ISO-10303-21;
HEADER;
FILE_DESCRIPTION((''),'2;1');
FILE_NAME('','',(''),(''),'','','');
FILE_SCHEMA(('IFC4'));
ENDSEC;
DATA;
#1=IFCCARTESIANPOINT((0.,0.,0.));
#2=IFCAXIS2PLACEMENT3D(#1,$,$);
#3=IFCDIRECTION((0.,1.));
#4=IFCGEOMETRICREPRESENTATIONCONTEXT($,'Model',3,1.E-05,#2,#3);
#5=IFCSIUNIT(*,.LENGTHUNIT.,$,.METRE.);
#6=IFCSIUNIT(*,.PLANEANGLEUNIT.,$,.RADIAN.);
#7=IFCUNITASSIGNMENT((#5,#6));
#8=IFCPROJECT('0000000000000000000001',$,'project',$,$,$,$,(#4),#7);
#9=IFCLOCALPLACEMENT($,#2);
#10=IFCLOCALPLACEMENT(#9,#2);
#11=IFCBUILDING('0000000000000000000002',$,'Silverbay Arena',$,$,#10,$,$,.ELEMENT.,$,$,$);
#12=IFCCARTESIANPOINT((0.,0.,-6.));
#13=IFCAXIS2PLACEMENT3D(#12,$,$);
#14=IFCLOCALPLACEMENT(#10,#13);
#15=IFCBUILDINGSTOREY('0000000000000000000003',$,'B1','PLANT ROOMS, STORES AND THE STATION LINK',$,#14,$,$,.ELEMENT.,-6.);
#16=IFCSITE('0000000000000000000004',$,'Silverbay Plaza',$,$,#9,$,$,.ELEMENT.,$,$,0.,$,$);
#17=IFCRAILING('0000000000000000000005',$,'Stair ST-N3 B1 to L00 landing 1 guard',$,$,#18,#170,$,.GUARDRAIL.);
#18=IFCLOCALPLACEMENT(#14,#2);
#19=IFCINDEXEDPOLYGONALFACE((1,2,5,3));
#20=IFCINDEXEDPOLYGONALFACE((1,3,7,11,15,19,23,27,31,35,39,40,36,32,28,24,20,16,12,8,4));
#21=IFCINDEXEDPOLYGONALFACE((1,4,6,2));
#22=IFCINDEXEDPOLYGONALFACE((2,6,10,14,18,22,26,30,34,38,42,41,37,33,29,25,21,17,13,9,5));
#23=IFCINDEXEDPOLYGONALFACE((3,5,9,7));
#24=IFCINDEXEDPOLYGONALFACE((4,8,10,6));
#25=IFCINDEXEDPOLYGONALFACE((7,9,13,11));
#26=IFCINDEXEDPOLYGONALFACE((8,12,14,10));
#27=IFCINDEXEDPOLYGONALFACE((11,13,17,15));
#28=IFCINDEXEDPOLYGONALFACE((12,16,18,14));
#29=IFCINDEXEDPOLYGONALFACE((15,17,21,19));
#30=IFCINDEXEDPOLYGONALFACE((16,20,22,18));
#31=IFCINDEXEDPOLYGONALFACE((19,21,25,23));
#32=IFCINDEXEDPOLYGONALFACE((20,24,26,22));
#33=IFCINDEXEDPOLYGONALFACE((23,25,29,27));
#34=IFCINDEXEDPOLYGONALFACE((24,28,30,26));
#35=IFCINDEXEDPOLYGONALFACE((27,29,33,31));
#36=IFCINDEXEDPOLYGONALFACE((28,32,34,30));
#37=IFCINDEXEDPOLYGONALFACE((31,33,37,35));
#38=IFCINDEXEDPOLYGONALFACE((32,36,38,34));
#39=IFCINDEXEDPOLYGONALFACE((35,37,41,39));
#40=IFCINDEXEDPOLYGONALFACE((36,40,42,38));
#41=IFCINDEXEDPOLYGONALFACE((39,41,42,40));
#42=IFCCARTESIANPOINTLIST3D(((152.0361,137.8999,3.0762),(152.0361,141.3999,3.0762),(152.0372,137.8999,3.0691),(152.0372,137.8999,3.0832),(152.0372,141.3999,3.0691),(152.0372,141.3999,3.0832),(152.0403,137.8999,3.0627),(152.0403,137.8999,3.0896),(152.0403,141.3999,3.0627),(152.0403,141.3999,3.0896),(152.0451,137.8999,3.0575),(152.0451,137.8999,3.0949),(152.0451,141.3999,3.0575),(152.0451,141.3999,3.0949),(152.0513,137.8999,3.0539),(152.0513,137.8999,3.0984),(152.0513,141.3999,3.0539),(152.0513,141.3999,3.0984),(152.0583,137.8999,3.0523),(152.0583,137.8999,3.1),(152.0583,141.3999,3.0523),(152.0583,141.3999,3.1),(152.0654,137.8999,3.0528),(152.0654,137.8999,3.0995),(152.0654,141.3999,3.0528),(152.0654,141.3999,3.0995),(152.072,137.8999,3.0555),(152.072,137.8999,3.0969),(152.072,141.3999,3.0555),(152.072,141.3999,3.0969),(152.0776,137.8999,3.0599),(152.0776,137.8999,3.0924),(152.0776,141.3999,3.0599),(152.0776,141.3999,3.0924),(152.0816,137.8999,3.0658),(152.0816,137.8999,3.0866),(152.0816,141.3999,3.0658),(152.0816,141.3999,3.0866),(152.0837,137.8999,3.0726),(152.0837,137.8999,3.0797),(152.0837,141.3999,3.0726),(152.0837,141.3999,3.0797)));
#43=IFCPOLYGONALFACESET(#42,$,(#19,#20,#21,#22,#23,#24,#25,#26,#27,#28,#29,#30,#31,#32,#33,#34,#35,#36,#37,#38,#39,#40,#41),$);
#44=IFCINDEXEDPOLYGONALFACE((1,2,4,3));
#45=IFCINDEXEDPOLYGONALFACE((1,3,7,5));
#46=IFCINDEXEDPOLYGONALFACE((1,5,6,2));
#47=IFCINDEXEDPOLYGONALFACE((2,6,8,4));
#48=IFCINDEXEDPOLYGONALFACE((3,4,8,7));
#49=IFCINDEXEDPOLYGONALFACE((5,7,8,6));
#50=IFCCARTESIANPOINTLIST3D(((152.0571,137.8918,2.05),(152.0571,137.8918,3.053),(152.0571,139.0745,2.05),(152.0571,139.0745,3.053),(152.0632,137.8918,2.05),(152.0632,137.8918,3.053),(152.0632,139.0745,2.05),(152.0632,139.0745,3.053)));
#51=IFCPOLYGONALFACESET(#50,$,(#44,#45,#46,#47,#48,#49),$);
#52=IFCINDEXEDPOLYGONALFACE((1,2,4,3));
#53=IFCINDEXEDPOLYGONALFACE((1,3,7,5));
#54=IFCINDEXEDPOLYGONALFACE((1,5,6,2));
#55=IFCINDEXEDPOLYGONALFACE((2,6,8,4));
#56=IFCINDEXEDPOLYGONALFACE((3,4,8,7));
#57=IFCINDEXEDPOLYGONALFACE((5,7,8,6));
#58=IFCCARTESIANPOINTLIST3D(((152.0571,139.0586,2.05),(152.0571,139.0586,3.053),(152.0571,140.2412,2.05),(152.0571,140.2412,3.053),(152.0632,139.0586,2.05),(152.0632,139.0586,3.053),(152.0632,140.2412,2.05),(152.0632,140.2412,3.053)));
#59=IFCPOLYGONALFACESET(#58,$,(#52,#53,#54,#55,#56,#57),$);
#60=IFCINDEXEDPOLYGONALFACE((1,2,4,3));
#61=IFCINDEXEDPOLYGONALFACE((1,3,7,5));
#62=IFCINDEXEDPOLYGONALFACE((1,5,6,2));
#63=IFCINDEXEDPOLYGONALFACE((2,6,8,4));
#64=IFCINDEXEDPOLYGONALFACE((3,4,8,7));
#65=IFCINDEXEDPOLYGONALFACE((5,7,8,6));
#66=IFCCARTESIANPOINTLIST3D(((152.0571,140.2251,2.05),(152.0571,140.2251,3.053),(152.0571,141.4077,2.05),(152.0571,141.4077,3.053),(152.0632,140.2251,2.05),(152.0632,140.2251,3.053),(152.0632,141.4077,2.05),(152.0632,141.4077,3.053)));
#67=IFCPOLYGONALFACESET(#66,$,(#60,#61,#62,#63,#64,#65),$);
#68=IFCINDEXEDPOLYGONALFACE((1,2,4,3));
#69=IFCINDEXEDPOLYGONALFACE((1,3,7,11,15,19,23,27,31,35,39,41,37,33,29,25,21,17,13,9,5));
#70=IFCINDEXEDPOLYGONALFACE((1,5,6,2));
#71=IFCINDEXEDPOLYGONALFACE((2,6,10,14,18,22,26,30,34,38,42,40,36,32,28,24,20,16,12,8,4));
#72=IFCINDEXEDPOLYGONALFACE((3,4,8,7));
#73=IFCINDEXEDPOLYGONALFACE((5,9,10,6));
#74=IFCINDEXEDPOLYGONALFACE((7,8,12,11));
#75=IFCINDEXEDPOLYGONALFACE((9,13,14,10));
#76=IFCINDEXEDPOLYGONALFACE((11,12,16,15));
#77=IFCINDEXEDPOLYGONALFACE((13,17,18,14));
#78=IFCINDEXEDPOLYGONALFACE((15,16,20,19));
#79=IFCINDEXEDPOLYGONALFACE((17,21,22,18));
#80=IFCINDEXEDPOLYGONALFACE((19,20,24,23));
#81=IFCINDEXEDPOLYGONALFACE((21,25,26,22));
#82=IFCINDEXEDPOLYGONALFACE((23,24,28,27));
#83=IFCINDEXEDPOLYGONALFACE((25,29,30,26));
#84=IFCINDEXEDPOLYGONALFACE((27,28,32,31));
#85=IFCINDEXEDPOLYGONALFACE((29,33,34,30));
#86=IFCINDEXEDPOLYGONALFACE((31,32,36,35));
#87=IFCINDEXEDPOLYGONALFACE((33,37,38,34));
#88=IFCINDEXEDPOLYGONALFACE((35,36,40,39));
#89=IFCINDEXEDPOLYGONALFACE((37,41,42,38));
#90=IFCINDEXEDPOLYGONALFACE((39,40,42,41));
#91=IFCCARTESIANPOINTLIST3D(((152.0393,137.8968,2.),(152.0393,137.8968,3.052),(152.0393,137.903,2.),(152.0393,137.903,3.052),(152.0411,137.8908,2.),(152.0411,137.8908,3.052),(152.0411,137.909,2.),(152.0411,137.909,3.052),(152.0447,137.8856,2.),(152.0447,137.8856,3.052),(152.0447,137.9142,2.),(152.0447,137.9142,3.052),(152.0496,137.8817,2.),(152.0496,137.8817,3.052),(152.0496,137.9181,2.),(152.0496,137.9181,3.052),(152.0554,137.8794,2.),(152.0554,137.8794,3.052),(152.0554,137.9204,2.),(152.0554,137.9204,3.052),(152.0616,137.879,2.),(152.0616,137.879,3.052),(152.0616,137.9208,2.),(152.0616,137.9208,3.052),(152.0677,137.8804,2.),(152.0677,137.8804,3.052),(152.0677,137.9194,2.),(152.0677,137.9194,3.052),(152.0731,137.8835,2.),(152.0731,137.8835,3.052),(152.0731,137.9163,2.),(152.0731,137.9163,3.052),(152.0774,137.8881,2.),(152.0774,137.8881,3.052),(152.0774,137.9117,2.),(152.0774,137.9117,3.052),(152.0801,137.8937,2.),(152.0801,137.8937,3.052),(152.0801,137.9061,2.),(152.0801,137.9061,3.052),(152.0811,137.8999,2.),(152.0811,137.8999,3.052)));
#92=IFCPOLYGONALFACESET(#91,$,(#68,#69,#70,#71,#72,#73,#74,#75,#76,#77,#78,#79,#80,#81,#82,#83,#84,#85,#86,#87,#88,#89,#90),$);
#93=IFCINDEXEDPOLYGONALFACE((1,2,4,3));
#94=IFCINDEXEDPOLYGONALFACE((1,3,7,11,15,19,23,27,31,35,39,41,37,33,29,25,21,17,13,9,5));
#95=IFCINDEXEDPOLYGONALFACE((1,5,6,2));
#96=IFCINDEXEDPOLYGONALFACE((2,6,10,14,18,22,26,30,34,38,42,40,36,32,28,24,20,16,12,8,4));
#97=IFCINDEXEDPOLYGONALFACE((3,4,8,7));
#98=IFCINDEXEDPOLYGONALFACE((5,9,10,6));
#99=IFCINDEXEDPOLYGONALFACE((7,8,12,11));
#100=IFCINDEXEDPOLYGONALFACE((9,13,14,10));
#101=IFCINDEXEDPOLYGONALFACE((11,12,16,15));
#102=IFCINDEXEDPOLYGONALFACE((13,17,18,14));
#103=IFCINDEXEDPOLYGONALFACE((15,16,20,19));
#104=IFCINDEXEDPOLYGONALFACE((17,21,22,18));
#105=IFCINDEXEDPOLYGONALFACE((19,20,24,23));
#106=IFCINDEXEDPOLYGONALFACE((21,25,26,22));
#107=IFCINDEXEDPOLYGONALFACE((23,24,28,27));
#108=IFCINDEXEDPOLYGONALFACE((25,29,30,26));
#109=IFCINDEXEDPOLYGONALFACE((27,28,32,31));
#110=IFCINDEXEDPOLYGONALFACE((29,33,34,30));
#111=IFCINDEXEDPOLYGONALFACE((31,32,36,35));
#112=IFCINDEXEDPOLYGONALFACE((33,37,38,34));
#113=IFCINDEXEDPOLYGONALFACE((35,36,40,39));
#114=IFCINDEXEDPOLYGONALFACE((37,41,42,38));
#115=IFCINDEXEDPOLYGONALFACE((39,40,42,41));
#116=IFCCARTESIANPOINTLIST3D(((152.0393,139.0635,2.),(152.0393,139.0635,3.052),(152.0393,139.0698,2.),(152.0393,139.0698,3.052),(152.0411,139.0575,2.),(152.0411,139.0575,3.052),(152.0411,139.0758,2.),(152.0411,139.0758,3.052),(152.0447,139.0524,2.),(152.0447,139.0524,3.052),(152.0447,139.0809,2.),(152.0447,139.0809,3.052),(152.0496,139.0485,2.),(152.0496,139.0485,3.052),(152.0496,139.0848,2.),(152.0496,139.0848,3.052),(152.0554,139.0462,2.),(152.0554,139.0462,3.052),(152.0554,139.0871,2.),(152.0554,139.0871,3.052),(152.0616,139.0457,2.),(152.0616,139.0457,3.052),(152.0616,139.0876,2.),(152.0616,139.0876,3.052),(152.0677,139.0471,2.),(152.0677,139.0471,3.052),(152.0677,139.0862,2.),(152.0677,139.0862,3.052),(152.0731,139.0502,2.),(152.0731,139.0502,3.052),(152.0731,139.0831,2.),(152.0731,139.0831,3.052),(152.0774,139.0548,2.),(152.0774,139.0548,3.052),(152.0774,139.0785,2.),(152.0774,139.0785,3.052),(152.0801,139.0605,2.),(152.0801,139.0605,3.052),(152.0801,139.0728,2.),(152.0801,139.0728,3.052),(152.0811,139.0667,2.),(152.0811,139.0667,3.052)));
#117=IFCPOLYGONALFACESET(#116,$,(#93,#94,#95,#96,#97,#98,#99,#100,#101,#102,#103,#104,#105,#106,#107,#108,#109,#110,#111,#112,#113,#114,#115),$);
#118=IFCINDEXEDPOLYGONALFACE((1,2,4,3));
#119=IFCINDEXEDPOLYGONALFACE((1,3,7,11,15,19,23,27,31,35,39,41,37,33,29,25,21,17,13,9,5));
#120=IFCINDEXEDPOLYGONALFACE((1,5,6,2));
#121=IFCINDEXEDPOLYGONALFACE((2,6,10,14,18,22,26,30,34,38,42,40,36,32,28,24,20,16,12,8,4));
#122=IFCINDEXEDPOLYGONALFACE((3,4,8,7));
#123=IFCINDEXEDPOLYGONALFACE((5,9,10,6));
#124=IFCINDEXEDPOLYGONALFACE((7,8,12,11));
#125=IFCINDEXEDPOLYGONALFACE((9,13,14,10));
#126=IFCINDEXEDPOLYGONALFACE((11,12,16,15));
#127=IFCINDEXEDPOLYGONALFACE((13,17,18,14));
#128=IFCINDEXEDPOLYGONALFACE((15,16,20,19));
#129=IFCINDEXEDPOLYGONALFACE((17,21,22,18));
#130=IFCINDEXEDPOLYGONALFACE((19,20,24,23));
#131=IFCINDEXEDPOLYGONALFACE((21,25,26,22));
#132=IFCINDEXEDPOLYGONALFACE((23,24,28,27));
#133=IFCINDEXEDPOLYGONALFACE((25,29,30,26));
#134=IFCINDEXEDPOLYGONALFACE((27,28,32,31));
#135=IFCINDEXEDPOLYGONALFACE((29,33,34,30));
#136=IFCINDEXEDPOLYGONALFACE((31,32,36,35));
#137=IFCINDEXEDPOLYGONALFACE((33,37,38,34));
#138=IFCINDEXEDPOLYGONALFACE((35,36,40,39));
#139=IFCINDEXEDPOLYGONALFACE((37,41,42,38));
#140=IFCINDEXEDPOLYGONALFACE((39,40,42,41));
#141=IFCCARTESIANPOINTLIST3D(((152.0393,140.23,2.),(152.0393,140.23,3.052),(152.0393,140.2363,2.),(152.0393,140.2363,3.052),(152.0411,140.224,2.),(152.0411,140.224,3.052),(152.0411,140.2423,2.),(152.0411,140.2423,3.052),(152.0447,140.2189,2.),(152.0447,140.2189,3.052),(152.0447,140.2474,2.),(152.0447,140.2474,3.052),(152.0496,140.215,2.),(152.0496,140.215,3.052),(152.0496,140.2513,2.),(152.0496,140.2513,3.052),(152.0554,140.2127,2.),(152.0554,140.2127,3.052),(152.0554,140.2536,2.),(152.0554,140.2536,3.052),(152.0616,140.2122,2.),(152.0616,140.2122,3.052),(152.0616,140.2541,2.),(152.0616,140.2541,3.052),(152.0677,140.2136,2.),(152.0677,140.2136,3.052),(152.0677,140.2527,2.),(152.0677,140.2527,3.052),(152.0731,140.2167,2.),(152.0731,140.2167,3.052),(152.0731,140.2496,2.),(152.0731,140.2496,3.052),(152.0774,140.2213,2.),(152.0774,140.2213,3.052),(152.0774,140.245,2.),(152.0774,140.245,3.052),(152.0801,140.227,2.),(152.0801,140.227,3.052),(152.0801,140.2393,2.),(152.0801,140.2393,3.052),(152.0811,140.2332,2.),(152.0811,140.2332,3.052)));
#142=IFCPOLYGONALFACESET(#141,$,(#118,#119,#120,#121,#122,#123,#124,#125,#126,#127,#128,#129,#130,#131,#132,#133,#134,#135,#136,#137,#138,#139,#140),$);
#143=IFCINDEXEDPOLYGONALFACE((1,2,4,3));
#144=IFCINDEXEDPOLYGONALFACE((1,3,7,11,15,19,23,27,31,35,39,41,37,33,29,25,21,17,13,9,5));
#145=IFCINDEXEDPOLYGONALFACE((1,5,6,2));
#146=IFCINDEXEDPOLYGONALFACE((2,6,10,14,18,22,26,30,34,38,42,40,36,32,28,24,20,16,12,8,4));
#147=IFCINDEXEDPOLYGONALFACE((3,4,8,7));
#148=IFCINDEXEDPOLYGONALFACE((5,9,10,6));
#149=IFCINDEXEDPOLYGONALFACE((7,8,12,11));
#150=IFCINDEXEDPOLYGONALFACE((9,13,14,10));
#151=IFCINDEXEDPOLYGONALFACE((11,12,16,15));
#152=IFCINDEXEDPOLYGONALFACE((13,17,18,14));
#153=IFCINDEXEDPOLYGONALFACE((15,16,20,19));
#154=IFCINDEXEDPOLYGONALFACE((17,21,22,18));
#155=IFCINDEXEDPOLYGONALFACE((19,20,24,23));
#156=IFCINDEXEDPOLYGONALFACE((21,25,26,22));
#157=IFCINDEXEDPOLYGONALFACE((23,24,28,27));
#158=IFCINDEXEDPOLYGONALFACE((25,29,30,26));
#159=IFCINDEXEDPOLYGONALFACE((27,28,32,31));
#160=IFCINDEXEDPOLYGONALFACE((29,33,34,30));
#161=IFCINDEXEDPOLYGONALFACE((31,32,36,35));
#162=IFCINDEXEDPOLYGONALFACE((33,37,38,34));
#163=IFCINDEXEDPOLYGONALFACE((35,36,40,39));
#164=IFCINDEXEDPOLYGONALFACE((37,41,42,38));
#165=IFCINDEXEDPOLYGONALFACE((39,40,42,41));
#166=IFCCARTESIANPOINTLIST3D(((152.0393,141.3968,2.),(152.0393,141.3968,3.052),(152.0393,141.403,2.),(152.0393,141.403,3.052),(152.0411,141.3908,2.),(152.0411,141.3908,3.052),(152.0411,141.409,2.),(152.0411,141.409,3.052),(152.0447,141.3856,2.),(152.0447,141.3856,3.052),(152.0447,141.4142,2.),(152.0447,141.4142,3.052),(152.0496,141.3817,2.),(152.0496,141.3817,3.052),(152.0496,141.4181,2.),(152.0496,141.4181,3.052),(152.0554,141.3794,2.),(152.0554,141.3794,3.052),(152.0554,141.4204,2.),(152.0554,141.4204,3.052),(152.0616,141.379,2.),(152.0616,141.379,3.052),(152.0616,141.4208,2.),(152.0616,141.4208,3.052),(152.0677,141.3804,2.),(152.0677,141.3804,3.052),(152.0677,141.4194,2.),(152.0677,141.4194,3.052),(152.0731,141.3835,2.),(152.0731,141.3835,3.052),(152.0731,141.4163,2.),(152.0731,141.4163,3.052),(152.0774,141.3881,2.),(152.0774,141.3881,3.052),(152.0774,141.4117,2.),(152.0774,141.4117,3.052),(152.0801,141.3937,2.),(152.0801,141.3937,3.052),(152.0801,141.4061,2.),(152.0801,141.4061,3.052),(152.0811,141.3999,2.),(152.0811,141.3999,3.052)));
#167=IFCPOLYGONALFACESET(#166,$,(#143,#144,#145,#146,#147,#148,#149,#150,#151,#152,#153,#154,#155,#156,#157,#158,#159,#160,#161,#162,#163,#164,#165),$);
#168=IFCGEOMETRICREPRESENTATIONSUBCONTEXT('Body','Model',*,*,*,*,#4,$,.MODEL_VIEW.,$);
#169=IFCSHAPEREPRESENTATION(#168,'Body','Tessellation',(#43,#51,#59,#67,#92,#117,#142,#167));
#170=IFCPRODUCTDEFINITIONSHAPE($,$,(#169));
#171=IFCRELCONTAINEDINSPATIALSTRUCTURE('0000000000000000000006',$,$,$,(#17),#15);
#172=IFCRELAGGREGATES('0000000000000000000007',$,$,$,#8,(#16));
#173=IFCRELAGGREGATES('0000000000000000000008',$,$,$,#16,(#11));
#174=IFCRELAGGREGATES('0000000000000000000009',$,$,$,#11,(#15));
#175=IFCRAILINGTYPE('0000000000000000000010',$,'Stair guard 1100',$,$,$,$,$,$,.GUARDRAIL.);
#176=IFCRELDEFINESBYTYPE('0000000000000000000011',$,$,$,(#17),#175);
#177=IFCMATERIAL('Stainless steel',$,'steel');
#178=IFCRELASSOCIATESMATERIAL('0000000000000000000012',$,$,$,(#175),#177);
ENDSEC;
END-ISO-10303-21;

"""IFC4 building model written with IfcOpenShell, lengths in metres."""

from ifc_helpers import new_model, si_unit, direction, frame, origin, origin_2d, place, context, subcontext, project, spatial, polyline, circle, outline, extrude, material, type_object, element, save


model = new_model("IFC4")

# Units and contexts
model_context = context("Model", 3, precision=1e-05, world=origin(), true_north=direction((0.0, 1.0)))
body_context = subcontext(model_context, "Body", "Model", "MODEL_VIEW")
ifc_project = project(units=[si_unit("LENGTHUNIT", "METRE"), si_unit("PLANEANGLEUNIT", "RADIAN")], contexts=[model_context])

# Site, building, storey
site_placement = place(None, origin())
site = spatial("IfcSite", under=ifc_project, at=site_placement, Name="Silverbay Plaza", CompositionType="ELEMENT", RefElevation=0.0)
building_placement = place(site_placement, origin())
building = spatial("IfcBuilding", under=site, at=building_placement, Name="Silverbay Arena", CompositionType="ELEMENT")
storey_placement = place(building_placement, frame((0.0, 0.0, -6.0)))
storey = spatial("IfcBuildingStorey", under=building, at=storey_placement, Name="B1", Description="PLANT ROOMS, STORES AND THE STATION LINK", CompositionType="ELEMENT", Elevation=-6.0)

# Railing
ifc_material_1 = material(Name="Stainless steel", Category="steel")
railing_type_1 = type_object("IfcRailingType", Name="Stair guard 1100", PredefinedType="GUARDRAIL", material=ifc_material_1)
railing_1_placement = place(storey_placement, frame((152.0601, 137.8999, 2.0)))
element("IfcRailing", 1, at=railing_1_placement, inside=storey, type_object=railing_type_1, Name="Stair ST-N3 B1 to L00 landing 1 guard", PredefinedType="GUARDRAIL", context=body_context, shape_type="SweptSolid", body=[
    extrude(circle(Radius=0.0239, at=origin_2d()), frame((0.0, 0.0, 1.0762), z_axis=(0.0, 1.0, 0.0), x_axis=(-1.0, 0.0, 0.0)), (0.0, 0.0, 1.0), 3.5),
    extrude(outline(polyline([(-0.0081, 0.05), (1.1746, 0.05), (1.1746, 1.053), (-0.0081, 1.053), (-0.0081, 0.05)])), frame((-0.0029, 0.0, 0.0), z_axis=(1.0, 0.0, 0.0), x_axis=(0.0, 1.0, 0.0)), (0.0, 0.0, 1.0), 0.0061),
    extrude(outline(polyline([(-0.0081, 0.05), (1.1746, 0.05), (1.1746, 1.053), (-0.0081, 1.053), (-0.0081, 0.05)])), frame((-0.0029, 1.1667, 0.0), z_axis=(1.0, 0.0, 0.0), x_axis=(0.0, 1.0, 0.0)), (0.0, 0.0, 1.0), 0.0061),
    extrude(outline(polyline([(-0.0081, 0.05), (1.1746, 0.05), (1.1746, 1.053), (-0.0081, 1.053), (-0.0081, 0.05)])), frame((-0.0029, 2.3333, 0.0), z_axis=(1.0, 0.0, 0.0), x_axis=(0.0, 1.0, 0.0)), (0.0, 0.0, 1.0), 0.0061),
    extrude(circle(Radius=0.021, at=origin_2d()), origin(), (0.0, 0.0, 1.0), 1.052),
    extrude(circle(Radius=0.021, at=origin_2d()), frame((0.0, 1.1667, 0.0)), (0.0, 0.0, 1.0), 1.052),
    extrude(circle(Radius=0.021, at=origin_2d()), frame((0.0, 2.3333, 0.0)), (0.0, 0.0, 1.0), 1.052),
    extrude(circle(Radius=0.021, at=origin_2d()), frame((0.0, 3.5, 0.0)), (0.0, 0.0, 1.0), 1.052),
])

save(model, "model.ifc")
